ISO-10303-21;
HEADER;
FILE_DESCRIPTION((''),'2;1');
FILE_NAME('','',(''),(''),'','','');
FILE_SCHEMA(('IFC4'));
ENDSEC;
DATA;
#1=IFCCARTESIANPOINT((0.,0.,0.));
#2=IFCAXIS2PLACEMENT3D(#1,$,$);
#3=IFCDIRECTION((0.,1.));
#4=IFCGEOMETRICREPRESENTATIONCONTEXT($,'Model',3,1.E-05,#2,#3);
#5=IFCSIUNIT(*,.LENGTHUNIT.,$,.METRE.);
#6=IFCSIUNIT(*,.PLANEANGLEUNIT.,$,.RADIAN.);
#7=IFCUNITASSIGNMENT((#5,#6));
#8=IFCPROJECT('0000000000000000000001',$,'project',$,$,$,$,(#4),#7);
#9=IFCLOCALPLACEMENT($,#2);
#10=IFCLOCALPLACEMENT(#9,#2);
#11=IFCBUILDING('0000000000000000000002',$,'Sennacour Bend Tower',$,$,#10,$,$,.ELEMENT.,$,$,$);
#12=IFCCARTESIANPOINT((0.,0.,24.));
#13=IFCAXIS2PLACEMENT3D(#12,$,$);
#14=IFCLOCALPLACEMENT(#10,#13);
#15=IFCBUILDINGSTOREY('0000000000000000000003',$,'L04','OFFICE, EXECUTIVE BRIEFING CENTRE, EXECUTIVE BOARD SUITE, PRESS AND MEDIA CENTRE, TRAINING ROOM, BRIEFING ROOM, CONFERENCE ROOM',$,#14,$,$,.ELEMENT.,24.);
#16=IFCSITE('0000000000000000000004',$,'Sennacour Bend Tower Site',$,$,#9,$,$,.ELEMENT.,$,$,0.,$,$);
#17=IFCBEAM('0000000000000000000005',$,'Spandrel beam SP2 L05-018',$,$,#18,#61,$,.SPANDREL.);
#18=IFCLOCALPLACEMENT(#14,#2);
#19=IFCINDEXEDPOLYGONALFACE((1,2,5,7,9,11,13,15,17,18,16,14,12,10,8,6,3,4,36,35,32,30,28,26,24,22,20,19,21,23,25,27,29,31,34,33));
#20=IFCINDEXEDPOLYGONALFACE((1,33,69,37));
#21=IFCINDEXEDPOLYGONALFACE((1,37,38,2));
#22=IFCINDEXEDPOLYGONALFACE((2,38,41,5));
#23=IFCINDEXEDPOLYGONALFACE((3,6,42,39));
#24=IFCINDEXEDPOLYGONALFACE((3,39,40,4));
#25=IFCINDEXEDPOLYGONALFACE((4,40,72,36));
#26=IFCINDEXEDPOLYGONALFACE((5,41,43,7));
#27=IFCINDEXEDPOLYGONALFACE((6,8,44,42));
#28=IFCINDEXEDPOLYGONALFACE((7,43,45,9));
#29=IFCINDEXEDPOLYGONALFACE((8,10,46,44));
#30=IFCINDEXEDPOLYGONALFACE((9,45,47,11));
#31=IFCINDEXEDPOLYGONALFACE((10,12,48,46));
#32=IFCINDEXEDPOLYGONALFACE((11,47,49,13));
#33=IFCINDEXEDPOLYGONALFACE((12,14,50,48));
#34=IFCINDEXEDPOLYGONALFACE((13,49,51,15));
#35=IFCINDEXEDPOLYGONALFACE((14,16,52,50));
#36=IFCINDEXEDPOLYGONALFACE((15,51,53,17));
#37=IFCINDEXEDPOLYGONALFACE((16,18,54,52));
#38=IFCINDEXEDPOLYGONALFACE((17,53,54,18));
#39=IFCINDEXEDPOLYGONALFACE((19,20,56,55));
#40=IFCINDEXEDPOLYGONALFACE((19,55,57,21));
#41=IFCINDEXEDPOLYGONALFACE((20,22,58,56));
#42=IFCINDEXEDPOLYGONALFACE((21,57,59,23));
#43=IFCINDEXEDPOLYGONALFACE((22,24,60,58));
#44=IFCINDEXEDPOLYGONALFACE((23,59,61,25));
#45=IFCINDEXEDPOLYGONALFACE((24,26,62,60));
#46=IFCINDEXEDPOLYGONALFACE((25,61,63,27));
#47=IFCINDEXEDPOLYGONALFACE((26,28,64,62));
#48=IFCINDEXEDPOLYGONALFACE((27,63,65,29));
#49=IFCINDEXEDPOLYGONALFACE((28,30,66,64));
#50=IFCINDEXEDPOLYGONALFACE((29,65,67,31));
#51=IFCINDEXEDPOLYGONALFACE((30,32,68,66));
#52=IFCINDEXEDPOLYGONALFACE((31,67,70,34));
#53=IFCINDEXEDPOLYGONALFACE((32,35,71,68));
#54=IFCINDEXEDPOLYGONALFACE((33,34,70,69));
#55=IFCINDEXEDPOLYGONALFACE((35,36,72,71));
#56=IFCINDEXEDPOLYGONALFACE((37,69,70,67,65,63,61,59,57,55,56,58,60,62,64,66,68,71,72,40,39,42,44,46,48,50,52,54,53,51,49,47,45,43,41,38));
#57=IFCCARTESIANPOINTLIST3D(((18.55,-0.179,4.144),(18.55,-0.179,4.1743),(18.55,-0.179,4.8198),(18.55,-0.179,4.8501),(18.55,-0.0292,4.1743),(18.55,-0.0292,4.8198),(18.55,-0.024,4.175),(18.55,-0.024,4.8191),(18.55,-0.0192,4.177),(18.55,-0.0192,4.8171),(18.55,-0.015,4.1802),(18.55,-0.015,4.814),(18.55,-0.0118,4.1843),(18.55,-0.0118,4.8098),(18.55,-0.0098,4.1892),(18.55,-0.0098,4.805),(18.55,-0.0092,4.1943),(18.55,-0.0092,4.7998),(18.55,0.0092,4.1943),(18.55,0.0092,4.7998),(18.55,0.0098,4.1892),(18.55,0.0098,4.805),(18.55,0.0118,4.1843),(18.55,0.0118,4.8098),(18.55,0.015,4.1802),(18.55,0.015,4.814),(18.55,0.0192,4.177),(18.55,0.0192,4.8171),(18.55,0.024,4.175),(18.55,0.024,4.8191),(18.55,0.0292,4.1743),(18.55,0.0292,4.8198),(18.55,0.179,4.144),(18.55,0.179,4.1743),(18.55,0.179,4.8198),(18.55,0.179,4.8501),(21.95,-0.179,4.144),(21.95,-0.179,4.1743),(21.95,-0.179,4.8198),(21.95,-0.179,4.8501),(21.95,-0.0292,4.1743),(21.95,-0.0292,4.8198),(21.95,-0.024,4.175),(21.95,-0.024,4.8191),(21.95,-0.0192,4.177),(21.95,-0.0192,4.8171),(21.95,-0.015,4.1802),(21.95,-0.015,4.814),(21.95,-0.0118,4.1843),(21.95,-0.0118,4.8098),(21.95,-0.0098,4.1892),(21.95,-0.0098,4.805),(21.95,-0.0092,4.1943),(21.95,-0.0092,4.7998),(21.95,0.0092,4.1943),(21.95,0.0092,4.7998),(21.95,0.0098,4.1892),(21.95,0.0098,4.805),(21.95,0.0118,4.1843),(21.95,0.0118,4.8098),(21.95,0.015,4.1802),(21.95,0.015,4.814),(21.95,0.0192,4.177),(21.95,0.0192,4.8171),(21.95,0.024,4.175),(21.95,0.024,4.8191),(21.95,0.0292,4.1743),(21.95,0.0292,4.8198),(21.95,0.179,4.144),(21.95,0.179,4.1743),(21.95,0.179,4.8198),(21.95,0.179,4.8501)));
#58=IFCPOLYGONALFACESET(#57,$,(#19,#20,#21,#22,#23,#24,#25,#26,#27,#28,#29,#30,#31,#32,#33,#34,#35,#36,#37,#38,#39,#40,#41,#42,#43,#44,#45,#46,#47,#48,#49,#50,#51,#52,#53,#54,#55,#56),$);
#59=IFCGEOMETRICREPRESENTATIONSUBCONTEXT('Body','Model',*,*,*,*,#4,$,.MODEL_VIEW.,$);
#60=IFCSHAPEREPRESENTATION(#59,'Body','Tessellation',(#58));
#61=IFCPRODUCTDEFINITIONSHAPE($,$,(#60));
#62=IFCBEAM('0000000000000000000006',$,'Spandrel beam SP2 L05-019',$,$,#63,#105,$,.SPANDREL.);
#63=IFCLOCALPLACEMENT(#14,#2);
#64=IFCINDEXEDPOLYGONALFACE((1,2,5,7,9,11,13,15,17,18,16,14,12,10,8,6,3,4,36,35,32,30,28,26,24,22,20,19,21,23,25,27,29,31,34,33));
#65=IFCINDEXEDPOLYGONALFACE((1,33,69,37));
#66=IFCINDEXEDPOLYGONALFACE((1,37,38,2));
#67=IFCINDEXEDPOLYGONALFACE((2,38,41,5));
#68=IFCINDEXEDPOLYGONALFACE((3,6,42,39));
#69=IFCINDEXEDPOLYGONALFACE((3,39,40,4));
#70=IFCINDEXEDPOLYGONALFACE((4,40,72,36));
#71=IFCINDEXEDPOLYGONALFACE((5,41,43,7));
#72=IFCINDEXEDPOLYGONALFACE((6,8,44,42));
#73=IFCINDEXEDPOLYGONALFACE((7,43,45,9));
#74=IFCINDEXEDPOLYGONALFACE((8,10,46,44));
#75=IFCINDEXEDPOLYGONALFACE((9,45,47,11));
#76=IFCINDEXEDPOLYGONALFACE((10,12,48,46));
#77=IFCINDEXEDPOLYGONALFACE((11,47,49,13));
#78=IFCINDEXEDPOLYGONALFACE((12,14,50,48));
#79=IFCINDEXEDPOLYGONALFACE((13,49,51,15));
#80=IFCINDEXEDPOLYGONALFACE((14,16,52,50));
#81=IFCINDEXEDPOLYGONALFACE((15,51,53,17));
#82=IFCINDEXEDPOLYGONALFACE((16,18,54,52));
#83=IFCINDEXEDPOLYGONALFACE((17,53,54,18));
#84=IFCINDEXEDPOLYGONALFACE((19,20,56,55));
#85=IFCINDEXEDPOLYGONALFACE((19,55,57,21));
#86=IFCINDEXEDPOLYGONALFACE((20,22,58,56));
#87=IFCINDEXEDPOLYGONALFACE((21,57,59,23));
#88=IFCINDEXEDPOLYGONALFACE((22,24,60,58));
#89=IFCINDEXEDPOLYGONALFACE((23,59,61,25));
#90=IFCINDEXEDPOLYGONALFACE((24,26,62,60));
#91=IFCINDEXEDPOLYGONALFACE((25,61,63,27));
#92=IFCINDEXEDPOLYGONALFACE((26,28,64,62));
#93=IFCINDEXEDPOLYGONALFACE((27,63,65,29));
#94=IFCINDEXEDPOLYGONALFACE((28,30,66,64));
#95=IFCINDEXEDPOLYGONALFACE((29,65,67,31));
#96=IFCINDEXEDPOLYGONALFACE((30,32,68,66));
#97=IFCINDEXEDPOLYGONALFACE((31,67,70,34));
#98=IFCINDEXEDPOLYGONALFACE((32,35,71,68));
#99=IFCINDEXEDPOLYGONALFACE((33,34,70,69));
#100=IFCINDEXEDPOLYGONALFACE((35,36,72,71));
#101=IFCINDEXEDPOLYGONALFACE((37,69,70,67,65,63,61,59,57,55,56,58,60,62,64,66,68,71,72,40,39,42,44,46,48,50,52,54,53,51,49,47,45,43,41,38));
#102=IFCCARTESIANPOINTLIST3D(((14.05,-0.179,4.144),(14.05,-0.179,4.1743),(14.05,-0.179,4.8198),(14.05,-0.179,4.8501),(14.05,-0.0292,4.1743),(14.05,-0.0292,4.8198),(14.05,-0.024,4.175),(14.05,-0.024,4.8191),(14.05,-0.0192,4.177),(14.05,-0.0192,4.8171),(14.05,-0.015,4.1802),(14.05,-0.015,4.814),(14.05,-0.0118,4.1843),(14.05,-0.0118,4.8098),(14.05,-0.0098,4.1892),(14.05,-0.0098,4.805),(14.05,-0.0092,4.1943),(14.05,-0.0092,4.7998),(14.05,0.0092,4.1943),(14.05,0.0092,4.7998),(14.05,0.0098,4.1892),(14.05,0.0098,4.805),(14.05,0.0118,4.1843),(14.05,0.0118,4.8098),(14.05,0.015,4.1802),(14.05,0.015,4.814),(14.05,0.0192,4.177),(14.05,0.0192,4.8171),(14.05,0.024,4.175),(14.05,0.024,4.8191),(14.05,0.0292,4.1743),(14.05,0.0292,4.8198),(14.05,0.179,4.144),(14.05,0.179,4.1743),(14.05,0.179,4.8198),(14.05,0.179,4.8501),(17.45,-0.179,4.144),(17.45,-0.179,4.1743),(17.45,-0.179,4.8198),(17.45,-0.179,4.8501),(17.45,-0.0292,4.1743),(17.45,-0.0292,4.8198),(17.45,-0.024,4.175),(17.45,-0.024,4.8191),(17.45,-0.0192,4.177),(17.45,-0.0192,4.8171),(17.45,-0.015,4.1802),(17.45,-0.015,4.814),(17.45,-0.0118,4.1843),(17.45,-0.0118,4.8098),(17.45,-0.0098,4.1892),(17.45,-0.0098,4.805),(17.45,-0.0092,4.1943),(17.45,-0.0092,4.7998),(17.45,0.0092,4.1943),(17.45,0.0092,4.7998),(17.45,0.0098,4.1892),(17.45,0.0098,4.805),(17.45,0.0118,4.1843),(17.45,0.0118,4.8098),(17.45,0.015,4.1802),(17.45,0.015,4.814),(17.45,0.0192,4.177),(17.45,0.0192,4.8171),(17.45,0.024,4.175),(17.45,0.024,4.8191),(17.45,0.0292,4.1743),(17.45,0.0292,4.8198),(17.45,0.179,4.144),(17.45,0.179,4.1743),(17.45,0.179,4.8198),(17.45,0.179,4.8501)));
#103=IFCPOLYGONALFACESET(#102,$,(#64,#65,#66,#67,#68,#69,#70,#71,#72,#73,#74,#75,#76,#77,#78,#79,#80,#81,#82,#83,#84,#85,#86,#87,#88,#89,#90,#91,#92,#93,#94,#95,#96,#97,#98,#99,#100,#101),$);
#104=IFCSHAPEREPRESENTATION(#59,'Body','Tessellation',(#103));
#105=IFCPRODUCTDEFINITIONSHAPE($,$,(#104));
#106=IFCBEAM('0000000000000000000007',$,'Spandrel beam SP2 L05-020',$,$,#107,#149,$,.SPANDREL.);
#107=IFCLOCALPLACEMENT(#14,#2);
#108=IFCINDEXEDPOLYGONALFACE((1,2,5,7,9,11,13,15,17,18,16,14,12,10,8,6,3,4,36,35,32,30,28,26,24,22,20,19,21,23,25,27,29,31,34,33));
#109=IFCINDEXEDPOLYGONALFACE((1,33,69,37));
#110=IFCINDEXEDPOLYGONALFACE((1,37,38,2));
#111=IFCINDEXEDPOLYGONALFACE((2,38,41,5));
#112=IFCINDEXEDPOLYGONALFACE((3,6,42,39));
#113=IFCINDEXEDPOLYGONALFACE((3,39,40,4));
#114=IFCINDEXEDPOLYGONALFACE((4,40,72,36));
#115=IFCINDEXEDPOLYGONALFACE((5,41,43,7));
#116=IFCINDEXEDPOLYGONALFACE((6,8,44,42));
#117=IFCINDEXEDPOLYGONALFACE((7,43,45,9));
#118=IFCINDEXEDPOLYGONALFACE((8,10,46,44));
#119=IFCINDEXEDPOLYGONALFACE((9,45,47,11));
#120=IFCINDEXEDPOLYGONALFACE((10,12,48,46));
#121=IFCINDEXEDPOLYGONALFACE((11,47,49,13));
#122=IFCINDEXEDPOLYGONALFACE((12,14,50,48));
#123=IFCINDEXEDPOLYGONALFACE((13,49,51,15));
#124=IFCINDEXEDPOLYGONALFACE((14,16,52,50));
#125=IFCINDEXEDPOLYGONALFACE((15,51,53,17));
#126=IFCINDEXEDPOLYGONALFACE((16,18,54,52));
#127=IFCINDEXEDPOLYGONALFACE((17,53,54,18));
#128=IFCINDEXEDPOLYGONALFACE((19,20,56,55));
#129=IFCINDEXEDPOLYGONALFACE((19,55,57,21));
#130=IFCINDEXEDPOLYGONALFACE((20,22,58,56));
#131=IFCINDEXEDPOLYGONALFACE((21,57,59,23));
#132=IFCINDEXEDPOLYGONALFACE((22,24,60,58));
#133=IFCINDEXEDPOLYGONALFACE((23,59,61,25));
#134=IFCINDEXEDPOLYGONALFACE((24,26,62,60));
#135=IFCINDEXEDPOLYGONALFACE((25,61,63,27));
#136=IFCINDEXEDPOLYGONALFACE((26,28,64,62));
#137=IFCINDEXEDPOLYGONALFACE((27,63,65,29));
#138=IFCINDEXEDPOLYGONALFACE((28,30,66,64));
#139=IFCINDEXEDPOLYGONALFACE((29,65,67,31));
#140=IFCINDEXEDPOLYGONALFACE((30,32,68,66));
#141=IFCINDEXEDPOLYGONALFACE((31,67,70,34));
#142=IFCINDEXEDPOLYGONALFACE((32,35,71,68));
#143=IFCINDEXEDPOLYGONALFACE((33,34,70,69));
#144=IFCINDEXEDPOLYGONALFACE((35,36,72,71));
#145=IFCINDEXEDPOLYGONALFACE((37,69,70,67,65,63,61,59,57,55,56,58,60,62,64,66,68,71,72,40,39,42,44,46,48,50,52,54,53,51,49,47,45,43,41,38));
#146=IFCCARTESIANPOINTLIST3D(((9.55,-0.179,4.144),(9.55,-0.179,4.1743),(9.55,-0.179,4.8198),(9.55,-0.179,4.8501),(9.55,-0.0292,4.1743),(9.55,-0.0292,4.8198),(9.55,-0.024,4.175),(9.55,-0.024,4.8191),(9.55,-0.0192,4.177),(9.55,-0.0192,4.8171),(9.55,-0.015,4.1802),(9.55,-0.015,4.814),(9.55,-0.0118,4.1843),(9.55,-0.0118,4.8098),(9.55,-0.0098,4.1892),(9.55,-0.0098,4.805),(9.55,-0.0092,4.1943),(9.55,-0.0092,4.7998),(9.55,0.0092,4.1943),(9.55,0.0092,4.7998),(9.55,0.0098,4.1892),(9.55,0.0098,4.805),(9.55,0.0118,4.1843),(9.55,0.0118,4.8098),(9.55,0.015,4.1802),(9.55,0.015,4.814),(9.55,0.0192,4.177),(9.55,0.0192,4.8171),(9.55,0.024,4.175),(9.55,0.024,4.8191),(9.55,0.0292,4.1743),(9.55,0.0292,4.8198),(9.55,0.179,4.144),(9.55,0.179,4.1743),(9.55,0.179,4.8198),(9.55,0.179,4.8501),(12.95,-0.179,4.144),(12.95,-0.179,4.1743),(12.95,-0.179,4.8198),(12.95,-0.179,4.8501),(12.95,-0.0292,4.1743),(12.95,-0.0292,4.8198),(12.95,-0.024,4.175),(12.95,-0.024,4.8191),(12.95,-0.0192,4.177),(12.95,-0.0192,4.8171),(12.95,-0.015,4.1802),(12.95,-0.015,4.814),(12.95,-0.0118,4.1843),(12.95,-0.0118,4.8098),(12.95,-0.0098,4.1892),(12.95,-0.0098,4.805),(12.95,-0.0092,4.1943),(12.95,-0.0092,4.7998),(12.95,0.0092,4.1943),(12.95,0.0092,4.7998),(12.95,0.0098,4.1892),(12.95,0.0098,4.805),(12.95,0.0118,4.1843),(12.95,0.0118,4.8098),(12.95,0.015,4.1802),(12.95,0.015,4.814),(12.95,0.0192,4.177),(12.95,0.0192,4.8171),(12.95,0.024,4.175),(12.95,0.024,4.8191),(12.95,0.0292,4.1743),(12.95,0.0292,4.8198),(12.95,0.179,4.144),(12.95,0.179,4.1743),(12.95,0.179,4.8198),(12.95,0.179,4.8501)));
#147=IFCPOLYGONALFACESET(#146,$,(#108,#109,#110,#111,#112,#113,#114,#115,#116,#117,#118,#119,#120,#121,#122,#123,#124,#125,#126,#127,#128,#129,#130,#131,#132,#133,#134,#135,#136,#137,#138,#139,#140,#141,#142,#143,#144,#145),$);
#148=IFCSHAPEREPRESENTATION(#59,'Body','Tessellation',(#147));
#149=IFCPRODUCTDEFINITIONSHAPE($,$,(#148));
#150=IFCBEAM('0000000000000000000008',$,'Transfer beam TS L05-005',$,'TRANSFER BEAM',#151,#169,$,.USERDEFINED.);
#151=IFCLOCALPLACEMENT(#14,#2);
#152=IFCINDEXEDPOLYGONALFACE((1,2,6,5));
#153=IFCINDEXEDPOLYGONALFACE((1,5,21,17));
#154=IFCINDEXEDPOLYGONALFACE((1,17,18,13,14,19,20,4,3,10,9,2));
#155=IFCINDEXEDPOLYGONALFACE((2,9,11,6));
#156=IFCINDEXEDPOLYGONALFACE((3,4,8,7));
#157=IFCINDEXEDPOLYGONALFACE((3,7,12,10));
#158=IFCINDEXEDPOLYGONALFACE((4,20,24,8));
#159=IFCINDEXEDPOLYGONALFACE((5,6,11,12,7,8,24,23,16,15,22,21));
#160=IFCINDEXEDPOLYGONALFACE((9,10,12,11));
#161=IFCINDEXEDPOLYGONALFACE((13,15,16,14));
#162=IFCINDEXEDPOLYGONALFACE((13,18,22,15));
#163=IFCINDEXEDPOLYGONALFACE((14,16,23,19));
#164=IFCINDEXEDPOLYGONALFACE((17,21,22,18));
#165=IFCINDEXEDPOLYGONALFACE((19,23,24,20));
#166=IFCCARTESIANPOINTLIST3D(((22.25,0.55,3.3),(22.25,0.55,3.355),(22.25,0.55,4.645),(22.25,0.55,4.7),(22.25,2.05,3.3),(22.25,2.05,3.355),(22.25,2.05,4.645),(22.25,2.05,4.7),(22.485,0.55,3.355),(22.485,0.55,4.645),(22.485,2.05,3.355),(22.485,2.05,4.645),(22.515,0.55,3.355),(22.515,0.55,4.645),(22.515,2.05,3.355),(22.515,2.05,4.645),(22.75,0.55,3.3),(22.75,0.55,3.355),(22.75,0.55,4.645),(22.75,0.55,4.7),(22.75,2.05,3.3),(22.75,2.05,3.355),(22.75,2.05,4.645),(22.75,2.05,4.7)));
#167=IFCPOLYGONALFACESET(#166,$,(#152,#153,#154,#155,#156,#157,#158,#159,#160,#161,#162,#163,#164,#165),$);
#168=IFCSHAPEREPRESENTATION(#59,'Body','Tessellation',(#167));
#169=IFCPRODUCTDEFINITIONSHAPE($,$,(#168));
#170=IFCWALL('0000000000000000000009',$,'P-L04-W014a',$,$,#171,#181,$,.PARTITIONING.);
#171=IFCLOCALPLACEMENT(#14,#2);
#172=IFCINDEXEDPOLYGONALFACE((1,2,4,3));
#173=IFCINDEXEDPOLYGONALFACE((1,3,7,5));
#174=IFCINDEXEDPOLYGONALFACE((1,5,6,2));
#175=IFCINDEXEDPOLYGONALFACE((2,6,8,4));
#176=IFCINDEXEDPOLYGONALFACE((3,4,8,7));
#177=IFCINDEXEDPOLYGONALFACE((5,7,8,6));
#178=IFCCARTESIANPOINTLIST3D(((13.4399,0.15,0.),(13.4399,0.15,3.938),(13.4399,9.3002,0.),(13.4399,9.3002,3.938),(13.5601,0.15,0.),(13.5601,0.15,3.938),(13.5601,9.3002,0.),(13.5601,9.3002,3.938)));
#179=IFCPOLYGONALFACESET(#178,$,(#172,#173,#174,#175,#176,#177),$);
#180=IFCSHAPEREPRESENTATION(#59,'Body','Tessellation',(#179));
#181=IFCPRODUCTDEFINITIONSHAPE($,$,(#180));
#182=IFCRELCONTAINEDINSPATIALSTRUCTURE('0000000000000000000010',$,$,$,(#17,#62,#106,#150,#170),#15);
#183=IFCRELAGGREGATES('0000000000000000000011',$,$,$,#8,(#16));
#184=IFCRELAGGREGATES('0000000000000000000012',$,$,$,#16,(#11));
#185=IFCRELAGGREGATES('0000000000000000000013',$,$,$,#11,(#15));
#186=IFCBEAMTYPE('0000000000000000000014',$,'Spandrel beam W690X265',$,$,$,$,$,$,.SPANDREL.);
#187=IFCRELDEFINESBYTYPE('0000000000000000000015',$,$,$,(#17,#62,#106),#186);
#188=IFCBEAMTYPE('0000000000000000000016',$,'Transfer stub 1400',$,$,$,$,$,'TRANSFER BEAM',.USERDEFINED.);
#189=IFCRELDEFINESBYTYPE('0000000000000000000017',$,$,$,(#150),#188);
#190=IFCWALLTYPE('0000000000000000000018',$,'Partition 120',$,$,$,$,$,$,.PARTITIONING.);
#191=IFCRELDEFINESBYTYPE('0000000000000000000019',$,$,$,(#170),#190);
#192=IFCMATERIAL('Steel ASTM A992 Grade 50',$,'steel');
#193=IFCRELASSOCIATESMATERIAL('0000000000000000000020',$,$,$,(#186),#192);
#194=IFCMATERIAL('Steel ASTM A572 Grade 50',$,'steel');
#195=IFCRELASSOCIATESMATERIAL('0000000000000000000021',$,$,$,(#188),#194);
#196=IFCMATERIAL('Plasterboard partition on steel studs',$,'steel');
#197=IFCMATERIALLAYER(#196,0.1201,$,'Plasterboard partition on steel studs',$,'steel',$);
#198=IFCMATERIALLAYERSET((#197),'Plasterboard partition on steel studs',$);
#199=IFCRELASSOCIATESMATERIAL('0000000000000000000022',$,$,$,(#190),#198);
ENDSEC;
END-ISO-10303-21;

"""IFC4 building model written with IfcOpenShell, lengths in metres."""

from ifc_helpers import new_model, si_unit, direction, frame, frame_2d, origin, origin_2d, place, context, subcontext, project, spatial, rectangle, i_section, extrude, material, layer, layer_set, material_profile, profile_set, type_object, element, save


model = new_model("IFC4")

# Units and contexts
model_context = context("Model", 3, precision=1e-05, world=origin(), true_north=direction((0.0, 1.0)))
body_context = subcontext(model_context, "Body", "Model", "MODEL_VIEW")
ifc_project = project(units=[si_unit("LENGTHUNIT", "METRE"), si_unit("PLANEANGLEUNIT", "RADIAN")], contexts=[model_context])

# Site, building, storey
site_placement = place(None, origin())
site = spatial("IfcSite", under=ifc_project, at=site_placement, Name="Sennacour Bend Tower Site", CompositionType="ELEMENT", RefElevation=0.0)
building_placement = place(site_placement, origin())
building = spatial("IfcBuilding", under=site, at=building_placement, Name="Sennacour Bend Tower", CompositionType="ELEMENT")
storey_placement = place(building_placement, frame((0.0, 0.0, 24.0)))
storey = spatial("IfcBuildingStorey", under=building, at=storey_placement, Name="L04", Description="OFFICE, EXECUTIVE BRIEFING CENTRE, EXECUTIVE BOARD SUITE, PRESS AND MEDIA CENTRE, TRAINING ROOM, BRIEFING ROOM, CONFERENCE ROOM", CompositionType="ELEMENT", Elevation=24.0)

# Shared definitions
ifc_material_1 = material(Name="Steel ASTM A572 Grade 50", Category="steel")

# Beams
ifc_material_2 = material(Name="Steel ASTM A992 Grade 50", Category="steel")
ifc_material_profile_1 = material_profile(ifc_material_2, i_section(OverallWidth=0.3579, OverallDepth=0.7061, WebThickness=0.0183, FlangeThickness=0.0303, FilletRadius=0.02, at=origin_2d()), Name="Steel ASTM A992 Grade 50", Category="steel")
ifc_profile_set_1 = profile_set([ifc_material_profile_1], Name="Steel ASTM A992 Grade 50")
beam_type_1 = type_object("IfcBeamType", Name="Spandrel beam W690X265", PredefinedType="SPANDREL", material=ifc_profile_set_1)
for number, where, z_axis, x_axis, name in (
    (1, (21.95, 0.0, 4.4971), (-1.0, 0.0, 0.0), (0.0, -1.0, 0.0), "Spandrel beam SP2 L05-018"),
    (2, (17.45, 0.0, 4.4971), (-1.0, 0.0, 0.0), (0.0, -1.0, 0.0), "Spandrel beam SP2 L05-019"),
    (3, (12.95, 0.0, 4.4971), (-1.0, 0.0, 0.0), (0.0, -1.0, 0.0), "Spandrel beam SP2 L05-020"),
):
    element("IfcBeam", number, at=place(storey_placement, frame(where, z_axis=z_axis, x_axis=x_axis)), inside=storey, type_object=beam_type_1, Name=name, PredefinedType="SPANDREL", context=body_context, shape_type="SweptSolid", body=[
        extrude(i_section(OverallWidth=0.3579, OverallDepth=0.7061, WebThickness=0.0183, FlangeThickness=0.0303, FilletRadius=0.02, at=origin_2d()), origin(), (0.0, 0.0, 1.0), 3.3999),
    ])
ifc_material_profile_2 = material_profile(ifc_material_1, i_section(OverallWidth=0.5, OverallDepth=1.3999, WebThickness=0.03, FlangeThickness=0.0549, at=origin_2d()), Name="Steel ASTM A572 Grade 50", Category="steel")
ifc_profile_set_2 = profile_set([ifc_material_profile_2], Name="Steel ASTM A572 Grade 50")
beam_type_2 = type_object("IfcBeamType", Name="Transfer stub 1400", ElementType="TRANSFER BEAM", PredefinedType="USERDEFINED", material=ifc_profile_set_2)
beam_1_placement = place(storey_placement, frame((22.5, 0.55, 4.0), z_axis=(0.0, 1.0, 0.0), x_axis=(-1.0, 0.0, 0.0)))
element("IfcBeam", 4, at=beam_1_placement, inside=storey, type_object=beam_type_2, Name="Transfer beam TS L05-005", ObjectType="TRANSFER BEAM", PredefinedType="USERDEFINED", context=body_context, shape_type="SweptSolid", body=[
    extrude(i_section(OverallWidth=0.5, OverallDepth=1.3999, WebThickness=0.03, FlangeThickness=0.0549, at=origin_2d()), origin(), (0.0, 0.0, 1.0), 1.5),
])

# Wall
ifc_material_3 = material(Name="Plasterboard partition on steel studs", Category="steel")
ifc_layer_1 = layer(ifc_material_3, 0.1201, Name="Plasterboard partition on steel studs", Category="steel")
ifc_layer_set_1 = layer_set([ifc_layer_1], Name="Plasterboard partition on steel studs")
wall_type_1 = type_object("IfcWallType", Name="Partition 120", PredefinedType="PARTITIONING", material=ifc_layer_set_1)
wall_1_placement = place(storey_placement, frame((13.5, 0.1499, 0.0), z_axis=(0.0, 0.0, 1.0), x_axis=(0.0, 1.0, 0.0)))
element("IfcWall", 5, at=wall_1_placement, inside=storey, type_object=wall_type_1, Name="P-L04-W014a", PredefinedType="PARTITIONING", context=body_context, shape_type="SweptSolid", body=[
    extrude(rectangle(XDim=9.1501, YDim=0.1201, at=frame_2d((4.5752, 0.0))), origin(), (0.0, 0.0, 1.0), 3.938),
])

save(model, "model.ifc")
